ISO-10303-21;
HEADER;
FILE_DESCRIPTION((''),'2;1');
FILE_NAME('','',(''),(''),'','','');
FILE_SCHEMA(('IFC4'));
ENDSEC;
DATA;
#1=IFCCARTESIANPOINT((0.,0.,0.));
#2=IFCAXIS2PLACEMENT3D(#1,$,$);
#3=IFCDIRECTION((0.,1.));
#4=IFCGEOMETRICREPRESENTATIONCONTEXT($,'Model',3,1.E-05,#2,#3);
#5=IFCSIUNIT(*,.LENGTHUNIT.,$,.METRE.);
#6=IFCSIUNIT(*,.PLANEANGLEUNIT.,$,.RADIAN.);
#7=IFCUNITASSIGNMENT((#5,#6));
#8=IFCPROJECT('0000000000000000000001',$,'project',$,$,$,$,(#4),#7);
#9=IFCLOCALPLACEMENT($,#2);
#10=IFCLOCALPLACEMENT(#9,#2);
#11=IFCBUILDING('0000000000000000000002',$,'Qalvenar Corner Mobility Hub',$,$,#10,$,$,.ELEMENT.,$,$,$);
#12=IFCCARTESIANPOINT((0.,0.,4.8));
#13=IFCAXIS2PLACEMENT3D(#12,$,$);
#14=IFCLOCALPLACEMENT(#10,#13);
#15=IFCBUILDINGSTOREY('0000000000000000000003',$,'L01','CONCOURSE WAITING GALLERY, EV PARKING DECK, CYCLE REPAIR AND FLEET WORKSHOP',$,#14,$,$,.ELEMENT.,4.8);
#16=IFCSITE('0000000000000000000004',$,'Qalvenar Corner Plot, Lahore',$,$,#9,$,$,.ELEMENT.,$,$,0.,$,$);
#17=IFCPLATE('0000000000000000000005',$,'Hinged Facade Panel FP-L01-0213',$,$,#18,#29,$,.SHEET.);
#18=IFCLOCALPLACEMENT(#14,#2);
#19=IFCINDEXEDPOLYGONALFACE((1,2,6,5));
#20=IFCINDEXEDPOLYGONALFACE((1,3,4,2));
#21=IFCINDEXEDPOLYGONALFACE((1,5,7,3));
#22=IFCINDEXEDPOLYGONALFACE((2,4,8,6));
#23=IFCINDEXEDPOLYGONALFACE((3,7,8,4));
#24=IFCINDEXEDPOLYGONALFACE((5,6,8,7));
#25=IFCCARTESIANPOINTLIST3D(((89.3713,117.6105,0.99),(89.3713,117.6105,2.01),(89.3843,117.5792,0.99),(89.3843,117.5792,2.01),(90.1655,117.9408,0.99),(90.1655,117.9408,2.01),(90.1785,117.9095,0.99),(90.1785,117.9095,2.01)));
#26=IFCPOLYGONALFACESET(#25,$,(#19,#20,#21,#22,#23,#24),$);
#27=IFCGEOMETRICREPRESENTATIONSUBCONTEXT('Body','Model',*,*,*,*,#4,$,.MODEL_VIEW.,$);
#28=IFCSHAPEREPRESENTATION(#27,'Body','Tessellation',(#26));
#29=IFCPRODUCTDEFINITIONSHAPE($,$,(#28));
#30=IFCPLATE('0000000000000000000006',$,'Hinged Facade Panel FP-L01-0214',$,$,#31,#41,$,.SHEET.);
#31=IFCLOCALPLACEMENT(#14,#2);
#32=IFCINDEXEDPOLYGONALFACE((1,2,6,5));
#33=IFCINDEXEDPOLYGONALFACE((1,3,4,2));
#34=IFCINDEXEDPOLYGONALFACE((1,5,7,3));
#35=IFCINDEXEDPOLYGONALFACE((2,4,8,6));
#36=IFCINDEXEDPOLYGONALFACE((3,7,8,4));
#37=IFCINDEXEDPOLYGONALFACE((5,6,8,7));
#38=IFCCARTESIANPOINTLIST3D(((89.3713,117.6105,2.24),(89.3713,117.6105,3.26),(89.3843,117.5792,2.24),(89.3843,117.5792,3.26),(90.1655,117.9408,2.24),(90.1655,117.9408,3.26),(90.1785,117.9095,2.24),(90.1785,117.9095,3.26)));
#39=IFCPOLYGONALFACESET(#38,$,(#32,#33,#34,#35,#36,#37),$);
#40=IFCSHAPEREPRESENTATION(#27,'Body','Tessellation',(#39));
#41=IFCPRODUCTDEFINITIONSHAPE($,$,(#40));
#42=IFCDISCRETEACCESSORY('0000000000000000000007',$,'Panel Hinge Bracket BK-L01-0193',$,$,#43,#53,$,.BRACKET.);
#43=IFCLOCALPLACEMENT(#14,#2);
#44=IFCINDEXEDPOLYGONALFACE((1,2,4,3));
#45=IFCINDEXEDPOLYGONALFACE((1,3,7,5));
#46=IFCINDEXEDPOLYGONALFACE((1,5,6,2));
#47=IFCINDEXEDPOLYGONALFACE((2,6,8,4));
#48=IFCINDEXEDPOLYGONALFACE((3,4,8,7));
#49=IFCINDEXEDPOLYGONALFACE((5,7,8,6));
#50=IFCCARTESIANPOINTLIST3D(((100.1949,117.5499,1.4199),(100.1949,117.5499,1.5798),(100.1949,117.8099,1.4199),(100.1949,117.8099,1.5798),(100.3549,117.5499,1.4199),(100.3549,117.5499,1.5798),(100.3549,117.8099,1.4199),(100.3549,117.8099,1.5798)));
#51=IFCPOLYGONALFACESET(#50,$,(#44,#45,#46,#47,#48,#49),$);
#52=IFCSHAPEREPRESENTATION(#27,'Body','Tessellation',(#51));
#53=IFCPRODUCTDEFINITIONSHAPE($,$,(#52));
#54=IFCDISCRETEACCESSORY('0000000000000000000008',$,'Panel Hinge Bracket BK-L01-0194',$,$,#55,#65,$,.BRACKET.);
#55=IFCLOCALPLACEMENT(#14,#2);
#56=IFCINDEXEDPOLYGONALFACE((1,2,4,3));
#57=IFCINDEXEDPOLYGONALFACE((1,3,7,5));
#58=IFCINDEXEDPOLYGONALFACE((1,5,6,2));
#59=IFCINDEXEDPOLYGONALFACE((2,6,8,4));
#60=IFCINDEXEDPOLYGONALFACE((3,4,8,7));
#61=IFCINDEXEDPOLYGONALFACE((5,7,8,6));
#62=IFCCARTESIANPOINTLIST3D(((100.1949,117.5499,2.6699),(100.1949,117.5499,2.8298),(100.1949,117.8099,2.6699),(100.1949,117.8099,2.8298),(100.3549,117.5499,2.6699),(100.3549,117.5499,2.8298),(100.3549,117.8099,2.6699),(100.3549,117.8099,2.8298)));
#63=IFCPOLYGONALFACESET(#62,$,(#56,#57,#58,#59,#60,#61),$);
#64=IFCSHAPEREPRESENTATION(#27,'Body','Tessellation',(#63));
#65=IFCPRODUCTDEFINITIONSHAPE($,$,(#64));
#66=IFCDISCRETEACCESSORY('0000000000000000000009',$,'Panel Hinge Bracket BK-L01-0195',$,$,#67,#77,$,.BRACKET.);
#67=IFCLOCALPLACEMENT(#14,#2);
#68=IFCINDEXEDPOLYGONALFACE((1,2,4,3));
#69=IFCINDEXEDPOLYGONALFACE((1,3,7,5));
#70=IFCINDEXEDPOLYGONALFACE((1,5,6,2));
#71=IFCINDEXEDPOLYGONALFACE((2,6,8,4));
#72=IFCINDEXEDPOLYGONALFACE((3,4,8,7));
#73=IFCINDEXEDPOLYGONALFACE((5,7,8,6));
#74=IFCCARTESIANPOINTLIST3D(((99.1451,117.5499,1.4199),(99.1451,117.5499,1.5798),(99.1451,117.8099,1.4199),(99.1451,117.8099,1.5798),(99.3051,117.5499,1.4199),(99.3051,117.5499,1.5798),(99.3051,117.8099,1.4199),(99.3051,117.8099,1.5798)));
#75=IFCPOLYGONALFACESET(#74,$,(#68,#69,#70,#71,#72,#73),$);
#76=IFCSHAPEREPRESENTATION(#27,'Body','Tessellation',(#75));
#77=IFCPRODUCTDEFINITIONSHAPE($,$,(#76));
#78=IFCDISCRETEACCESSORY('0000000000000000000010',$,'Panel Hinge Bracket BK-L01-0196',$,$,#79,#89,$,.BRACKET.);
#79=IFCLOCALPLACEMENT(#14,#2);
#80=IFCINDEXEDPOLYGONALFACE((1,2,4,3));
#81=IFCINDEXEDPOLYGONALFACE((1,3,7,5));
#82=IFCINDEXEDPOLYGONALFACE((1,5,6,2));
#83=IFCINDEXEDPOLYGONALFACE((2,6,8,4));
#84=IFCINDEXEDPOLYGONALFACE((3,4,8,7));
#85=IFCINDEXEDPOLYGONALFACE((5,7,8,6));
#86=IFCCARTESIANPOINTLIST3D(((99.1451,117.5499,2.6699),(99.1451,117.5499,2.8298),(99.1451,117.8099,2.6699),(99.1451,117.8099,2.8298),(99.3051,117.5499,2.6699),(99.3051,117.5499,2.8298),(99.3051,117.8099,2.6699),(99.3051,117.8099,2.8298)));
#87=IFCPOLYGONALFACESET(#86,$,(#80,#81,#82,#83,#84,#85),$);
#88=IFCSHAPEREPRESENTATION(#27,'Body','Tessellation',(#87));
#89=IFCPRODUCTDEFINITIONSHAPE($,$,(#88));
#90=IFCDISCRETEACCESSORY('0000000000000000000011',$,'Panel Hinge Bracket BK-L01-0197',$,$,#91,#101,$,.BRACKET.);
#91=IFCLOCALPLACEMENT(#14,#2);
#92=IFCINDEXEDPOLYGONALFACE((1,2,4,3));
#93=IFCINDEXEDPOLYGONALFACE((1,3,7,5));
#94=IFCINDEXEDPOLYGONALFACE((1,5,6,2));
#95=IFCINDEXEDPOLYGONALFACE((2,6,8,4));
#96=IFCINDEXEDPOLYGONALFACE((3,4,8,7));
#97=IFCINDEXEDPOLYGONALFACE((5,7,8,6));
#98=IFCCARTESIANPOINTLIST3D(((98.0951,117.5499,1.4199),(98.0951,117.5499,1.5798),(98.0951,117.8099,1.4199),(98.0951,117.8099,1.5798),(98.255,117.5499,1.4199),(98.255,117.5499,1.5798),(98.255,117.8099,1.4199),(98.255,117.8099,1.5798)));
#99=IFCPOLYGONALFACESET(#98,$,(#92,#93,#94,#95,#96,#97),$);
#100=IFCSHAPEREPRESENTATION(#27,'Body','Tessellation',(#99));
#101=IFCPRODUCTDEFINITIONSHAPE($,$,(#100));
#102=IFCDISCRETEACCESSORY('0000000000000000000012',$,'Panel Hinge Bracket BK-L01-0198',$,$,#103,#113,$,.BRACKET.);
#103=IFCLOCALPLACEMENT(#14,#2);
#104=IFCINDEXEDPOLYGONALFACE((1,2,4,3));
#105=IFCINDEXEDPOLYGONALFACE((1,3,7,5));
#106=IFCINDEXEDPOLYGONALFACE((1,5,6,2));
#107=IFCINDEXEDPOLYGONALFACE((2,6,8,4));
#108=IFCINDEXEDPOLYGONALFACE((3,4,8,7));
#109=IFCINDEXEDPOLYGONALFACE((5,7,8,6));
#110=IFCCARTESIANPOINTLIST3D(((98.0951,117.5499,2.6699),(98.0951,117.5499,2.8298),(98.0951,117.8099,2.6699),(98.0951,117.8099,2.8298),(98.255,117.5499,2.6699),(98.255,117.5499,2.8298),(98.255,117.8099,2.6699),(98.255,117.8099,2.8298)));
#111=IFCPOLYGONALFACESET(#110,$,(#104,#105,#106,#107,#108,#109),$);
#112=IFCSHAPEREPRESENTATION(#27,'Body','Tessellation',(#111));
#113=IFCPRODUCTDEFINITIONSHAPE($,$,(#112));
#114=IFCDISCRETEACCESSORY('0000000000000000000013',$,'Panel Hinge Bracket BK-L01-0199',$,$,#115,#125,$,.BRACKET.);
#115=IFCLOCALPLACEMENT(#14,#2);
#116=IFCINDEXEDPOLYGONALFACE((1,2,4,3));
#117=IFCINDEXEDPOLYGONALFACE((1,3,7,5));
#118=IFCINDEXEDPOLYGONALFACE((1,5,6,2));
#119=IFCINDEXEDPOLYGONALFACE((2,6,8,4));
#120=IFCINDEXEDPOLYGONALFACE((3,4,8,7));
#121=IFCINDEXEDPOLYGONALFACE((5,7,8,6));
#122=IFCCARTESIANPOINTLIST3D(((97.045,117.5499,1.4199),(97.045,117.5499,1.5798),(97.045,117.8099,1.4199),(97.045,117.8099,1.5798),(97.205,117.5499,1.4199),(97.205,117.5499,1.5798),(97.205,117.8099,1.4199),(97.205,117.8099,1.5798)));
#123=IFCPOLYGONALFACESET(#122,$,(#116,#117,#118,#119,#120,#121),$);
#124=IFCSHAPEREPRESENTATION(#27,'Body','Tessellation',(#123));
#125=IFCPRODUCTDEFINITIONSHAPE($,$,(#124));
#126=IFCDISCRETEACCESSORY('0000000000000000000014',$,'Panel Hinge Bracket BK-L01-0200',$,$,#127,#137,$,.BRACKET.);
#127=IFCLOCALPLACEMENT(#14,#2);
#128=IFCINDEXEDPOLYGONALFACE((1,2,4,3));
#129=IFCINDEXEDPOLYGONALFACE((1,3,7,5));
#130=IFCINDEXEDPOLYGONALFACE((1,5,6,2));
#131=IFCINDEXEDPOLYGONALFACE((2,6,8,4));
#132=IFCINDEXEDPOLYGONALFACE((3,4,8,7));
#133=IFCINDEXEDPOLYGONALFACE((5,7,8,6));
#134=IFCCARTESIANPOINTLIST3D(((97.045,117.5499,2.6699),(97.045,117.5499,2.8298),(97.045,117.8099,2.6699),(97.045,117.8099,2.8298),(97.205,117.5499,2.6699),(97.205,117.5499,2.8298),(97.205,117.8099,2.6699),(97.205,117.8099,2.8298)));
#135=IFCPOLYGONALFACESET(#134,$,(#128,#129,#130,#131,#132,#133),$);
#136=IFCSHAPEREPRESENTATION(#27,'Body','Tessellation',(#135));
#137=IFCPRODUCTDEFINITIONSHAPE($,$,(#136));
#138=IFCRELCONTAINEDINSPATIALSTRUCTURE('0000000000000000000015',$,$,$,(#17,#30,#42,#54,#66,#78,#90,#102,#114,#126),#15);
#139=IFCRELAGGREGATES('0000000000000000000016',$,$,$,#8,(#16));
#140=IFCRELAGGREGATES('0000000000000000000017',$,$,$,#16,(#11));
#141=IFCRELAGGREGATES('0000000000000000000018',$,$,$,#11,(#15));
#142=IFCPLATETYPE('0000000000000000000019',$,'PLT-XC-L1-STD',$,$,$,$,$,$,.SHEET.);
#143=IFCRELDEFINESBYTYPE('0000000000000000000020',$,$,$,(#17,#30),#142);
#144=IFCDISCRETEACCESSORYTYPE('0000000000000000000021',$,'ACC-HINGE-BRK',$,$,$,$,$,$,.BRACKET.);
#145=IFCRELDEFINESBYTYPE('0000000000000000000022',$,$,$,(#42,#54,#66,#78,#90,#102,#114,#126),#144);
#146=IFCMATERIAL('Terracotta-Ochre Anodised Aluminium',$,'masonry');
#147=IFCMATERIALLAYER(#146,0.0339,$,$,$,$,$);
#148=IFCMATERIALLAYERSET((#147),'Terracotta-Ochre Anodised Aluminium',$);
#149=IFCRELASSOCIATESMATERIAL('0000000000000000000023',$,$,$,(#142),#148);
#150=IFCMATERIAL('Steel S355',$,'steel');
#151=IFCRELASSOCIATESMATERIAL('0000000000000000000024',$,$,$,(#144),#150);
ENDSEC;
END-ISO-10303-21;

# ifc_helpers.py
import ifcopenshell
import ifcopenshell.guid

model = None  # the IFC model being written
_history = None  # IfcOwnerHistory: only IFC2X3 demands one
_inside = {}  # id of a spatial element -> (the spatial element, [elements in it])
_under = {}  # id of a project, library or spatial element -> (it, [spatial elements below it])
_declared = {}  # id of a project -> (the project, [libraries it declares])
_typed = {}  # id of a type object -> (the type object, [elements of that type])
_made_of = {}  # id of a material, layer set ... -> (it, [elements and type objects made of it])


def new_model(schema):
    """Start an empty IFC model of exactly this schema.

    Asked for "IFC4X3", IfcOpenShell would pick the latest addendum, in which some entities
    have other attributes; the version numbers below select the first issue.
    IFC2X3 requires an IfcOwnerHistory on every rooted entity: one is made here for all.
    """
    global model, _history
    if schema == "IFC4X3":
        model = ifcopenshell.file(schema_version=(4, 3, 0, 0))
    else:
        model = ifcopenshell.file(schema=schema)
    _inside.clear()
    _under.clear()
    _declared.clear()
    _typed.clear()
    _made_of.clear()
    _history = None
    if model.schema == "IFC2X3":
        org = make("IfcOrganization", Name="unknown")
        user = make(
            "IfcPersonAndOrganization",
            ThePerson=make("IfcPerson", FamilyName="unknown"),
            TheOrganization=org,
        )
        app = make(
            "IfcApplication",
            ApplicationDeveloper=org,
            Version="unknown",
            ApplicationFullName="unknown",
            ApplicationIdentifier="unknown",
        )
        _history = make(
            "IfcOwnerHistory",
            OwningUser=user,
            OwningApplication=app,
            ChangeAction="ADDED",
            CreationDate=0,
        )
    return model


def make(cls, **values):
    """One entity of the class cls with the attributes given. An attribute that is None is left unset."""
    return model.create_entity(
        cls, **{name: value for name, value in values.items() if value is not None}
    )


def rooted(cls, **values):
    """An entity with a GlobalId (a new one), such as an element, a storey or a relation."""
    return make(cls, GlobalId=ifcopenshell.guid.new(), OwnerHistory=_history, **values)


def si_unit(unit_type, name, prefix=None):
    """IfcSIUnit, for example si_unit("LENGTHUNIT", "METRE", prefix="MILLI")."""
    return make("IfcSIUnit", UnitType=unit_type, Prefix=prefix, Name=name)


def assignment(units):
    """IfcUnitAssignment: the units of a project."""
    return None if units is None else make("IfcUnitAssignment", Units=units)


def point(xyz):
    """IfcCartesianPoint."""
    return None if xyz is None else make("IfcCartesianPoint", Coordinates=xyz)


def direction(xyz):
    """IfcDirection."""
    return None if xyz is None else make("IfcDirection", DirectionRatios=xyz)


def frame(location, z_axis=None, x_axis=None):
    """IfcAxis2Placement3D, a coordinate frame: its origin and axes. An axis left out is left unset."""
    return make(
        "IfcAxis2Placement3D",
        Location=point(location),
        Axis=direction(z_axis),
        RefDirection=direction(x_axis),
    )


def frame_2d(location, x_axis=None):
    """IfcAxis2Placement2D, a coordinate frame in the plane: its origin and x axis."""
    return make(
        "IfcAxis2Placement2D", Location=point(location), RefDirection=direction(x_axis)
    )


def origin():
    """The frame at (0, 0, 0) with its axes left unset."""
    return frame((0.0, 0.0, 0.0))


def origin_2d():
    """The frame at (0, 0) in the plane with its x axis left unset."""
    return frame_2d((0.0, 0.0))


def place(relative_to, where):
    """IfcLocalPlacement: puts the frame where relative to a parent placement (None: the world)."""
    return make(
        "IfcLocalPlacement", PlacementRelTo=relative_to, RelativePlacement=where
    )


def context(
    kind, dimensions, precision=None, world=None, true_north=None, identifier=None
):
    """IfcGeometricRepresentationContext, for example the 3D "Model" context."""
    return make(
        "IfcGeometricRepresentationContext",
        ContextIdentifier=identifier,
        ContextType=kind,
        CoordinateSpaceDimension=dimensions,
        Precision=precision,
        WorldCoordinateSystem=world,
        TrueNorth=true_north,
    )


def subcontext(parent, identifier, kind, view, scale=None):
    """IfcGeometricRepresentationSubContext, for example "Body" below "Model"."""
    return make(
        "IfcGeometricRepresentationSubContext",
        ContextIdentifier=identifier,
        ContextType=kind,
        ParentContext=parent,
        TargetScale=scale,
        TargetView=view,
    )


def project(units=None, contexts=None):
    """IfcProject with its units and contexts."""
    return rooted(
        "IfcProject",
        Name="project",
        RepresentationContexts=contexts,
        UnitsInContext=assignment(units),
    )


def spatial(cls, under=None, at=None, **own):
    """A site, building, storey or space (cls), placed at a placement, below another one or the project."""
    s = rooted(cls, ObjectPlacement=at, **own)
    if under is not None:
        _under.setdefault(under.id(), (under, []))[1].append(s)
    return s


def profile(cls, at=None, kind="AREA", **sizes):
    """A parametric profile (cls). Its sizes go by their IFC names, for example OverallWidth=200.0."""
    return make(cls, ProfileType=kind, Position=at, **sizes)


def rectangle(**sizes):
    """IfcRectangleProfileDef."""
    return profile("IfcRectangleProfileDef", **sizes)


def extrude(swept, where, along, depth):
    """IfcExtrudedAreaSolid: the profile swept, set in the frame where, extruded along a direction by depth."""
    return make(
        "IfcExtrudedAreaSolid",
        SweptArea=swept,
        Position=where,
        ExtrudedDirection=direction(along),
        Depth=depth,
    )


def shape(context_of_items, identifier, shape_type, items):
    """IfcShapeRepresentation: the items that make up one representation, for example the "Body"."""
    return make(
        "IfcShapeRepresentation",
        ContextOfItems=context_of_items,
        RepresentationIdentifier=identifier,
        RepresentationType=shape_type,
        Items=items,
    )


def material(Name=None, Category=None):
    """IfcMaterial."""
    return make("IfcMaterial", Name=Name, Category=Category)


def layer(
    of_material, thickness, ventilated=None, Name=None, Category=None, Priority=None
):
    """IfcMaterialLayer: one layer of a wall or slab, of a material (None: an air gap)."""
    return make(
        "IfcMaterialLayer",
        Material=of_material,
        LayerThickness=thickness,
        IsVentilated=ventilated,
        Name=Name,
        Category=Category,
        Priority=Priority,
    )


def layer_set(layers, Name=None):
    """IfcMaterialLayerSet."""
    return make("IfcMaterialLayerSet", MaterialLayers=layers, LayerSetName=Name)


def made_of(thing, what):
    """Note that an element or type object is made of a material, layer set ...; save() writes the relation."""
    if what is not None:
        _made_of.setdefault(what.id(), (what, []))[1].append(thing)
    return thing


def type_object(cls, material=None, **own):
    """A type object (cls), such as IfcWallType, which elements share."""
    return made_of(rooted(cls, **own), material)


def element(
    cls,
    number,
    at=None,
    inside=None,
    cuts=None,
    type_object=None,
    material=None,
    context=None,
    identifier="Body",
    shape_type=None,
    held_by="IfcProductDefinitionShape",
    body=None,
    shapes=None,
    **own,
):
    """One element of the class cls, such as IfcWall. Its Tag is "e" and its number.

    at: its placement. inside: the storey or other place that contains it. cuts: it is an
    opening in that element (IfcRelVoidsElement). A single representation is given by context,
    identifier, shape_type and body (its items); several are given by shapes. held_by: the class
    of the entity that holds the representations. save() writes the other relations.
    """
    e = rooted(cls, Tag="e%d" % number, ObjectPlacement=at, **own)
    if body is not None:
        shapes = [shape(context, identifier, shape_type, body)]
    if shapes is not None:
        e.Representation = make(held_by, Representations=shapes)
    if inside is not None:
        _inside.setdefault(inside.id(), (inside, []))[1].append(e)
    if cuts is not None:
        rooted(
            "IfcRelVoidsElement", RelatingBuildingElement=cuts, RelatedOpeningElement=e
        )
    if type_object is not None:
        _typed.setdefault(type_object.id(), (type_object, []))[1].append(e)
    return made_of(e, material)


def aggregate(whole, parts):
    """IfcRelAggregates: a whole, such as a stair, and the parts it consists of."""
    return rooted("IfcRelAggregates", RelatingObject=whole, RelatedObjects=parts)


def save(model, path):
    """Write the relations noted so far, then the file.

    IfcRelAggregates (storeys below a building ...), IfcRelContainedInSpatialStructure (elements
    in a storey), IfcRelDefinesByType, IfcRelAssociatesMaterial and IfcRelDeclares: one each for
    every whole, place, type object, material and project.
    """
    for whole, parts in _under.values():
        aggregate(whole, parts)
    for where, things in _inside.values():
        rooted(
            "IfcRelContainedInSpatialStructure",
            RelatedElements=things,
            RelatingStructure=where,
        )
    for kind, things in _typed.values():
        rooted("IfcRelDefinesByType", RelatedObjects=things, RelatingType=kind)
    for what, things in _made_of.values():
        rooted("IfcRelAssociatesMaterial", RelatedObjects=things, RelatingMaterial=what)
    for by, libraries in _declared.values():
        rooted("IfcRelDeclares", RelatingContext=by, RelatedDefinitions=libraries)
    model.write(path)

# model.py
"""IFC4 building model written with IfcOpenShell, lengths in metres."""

from ifc_helpers import new_model, si_unit, direction, frame, origin, origin_2d, place, context, subcontext, project, spatial, rectangle, extrude, material, layer, layer_set, type_object, element, save


model = new_model("IFC4")

# Units and contexts
model_context = context("Model", 3, precision=1e-05, world=origin(), true_north=direction((0.0, 1.0)))
body_context = subcontext(model_context, "Body", "Model", "MODEL_VIEW")
ifc_project = project(units=[si_unit("LENGTHUNIT", "METRE"), si_unit("PLANEANGLEUNIT", "RADIAN")], contexts=[model_context])

# Site, building, storey
site_placement = place(None, origin())
site = spatial("IfcSite", under=ifc_project, at=site_placement, Name="Qalvenar Corner Plot, Lahore", CompositionType="ELEMENT", RefElevation=0.0)
building_placement = place(site_placement, origin())
building = spatial("IfcBuilding", under=site, at=building_placement, Name="Qalvenar Corner Mobility Hub", CompositionType="ELEMENT")
storey_placement = place(building_placement, frame((0.0, 0.0, 4.8)))
storey = spatial("IfcBuildingStorey", under=building, at=storey_placement, Name="L01", Description="CONCOURSE WAITING GALLERY, EV PARKING DECK, CYCLE REPAIR AND FLEET WORKSHOP", CompositionType="ELEMENT", Elevation=4.8)

# Plates
ifc_material_1 = material(Name="Terracotta-Ochre Anodised Aluminium", Category="masonry")
ifc_layer = layer(ifc_material_1, 0.0339)
ifc_layer_set = layer_set([ifc_layer], Name="Terracotta-Ochre Anodised Aluminium")
plate_type = type_object("IfcPlateType", Name="PLT-XC-L1-STD", PredefinedType="SHEET", material=ifc_layer_set)
for number, where, z_axis, x_axis, name in (
    (1, (89.7749, 117.76, 0.99), (0.0, 0.0, 1.0), (-0.923344, -0.383973, 0.0), "Hinged Facade Panel FP-L01-0213"),
    (2, (89.7749, 117.76, 2.24), (0.0, 0.0, 1.0), (-0.923344, -0.383973, 0.0), "Hinged Facade Panel FP-L01-0214"),
):
    element("IfcPlate", number, at=place(storey_placement, frame(where, z_axis=z_axis, x_axis=x_axis)), inside=storey, type_object=plate_type, Name=name, PredefinedType="SHEET", context=body_context, shape_type="SweptSolid", body=[
        extrude(rectangle(XDim=0.8601, YDim=0.0339, at=origin_2d()), origin(), (0.0, 0.0, 1.0), 1.02),
    ])

# Discrete accessories
ifc_material_2 = material(Name="Steel S355", Category="steel")
discrete_accessory_type = type_object("IfcDiscreteAccessoryType", Name="ACC-HINGE-BRK", PredefinedType="BRACKET", material=ifc_material_2)
for number, where, z_axis, x_axis, name in (
    (3, (100.2749, 117.6799, 1.4199), (0.0, 0.0, 1.0), (-1.0, 0.0, 0.0), "Panel Hinge Bracket BK-L01-0193"),
    (4, (100.2749, 117.6799, 2.6699), (0.0, 0.0, 1.0), (-1.0, 0.0, 0.0), "Panel Hinge Bracket BK-L01-0194"),
    (5, (99.2251, 117.6799, 1.4199), (0.0, 0.0, 1.0), (-1.0, 0.0, 0.0), "Panel Hinge Bracket BK-L01-0195"),
    (6, (99.2251, 117.6799, 2.6699), (0.0, 0.0, 1.0), (-1.0, 0.0, 0.0), "Panel Hinge Bracket BK-L01-0196"),
    (7, (98.175, 117.6799, 1.4199), (0.0, 0.0, 1.0), (-1.0, 0.0, 0.0), "Panel Hinge Bracket BK-L01-0197"),
    (8, (98.175, 117.6799, 2.6699), (0.0, 0.0, 1.0), (-1.0, 0.0, 0.0), "Panel Hinge Bracket BK-L01-0198"),
    (9, (97.125, 117.6799, 1.4199), (0.0, 0.0, 1.0), (-1.0, 0.0, 0.0), "Panel Hinge Bracket BK-L01-0199"),
    (10, (97.125, 117.6799, 2.6699), (0.0, 0.0, 1.0), (-1.0, 0.0, 0.0), "Panel Hinge Bracket BK-L01-0200"),
):
    element("IfcDiscreteAccessory", number, at=place(storey_placement, frame(where, z_axis=z_axis, x_axis=x_axis)), inside=storey, type_object=discrete_accessory_type, Name=name, PredefinedType="BRACKET", context=body_context, shape_type="SweptSolid", body=[
        extrude(rectangle(XDim=0.1599, YDim=0.26, at=origin_2d()), origin(), (0.0, 0.0, 1.0), 0.1599),
    ])

save(model, "model.ifc")
